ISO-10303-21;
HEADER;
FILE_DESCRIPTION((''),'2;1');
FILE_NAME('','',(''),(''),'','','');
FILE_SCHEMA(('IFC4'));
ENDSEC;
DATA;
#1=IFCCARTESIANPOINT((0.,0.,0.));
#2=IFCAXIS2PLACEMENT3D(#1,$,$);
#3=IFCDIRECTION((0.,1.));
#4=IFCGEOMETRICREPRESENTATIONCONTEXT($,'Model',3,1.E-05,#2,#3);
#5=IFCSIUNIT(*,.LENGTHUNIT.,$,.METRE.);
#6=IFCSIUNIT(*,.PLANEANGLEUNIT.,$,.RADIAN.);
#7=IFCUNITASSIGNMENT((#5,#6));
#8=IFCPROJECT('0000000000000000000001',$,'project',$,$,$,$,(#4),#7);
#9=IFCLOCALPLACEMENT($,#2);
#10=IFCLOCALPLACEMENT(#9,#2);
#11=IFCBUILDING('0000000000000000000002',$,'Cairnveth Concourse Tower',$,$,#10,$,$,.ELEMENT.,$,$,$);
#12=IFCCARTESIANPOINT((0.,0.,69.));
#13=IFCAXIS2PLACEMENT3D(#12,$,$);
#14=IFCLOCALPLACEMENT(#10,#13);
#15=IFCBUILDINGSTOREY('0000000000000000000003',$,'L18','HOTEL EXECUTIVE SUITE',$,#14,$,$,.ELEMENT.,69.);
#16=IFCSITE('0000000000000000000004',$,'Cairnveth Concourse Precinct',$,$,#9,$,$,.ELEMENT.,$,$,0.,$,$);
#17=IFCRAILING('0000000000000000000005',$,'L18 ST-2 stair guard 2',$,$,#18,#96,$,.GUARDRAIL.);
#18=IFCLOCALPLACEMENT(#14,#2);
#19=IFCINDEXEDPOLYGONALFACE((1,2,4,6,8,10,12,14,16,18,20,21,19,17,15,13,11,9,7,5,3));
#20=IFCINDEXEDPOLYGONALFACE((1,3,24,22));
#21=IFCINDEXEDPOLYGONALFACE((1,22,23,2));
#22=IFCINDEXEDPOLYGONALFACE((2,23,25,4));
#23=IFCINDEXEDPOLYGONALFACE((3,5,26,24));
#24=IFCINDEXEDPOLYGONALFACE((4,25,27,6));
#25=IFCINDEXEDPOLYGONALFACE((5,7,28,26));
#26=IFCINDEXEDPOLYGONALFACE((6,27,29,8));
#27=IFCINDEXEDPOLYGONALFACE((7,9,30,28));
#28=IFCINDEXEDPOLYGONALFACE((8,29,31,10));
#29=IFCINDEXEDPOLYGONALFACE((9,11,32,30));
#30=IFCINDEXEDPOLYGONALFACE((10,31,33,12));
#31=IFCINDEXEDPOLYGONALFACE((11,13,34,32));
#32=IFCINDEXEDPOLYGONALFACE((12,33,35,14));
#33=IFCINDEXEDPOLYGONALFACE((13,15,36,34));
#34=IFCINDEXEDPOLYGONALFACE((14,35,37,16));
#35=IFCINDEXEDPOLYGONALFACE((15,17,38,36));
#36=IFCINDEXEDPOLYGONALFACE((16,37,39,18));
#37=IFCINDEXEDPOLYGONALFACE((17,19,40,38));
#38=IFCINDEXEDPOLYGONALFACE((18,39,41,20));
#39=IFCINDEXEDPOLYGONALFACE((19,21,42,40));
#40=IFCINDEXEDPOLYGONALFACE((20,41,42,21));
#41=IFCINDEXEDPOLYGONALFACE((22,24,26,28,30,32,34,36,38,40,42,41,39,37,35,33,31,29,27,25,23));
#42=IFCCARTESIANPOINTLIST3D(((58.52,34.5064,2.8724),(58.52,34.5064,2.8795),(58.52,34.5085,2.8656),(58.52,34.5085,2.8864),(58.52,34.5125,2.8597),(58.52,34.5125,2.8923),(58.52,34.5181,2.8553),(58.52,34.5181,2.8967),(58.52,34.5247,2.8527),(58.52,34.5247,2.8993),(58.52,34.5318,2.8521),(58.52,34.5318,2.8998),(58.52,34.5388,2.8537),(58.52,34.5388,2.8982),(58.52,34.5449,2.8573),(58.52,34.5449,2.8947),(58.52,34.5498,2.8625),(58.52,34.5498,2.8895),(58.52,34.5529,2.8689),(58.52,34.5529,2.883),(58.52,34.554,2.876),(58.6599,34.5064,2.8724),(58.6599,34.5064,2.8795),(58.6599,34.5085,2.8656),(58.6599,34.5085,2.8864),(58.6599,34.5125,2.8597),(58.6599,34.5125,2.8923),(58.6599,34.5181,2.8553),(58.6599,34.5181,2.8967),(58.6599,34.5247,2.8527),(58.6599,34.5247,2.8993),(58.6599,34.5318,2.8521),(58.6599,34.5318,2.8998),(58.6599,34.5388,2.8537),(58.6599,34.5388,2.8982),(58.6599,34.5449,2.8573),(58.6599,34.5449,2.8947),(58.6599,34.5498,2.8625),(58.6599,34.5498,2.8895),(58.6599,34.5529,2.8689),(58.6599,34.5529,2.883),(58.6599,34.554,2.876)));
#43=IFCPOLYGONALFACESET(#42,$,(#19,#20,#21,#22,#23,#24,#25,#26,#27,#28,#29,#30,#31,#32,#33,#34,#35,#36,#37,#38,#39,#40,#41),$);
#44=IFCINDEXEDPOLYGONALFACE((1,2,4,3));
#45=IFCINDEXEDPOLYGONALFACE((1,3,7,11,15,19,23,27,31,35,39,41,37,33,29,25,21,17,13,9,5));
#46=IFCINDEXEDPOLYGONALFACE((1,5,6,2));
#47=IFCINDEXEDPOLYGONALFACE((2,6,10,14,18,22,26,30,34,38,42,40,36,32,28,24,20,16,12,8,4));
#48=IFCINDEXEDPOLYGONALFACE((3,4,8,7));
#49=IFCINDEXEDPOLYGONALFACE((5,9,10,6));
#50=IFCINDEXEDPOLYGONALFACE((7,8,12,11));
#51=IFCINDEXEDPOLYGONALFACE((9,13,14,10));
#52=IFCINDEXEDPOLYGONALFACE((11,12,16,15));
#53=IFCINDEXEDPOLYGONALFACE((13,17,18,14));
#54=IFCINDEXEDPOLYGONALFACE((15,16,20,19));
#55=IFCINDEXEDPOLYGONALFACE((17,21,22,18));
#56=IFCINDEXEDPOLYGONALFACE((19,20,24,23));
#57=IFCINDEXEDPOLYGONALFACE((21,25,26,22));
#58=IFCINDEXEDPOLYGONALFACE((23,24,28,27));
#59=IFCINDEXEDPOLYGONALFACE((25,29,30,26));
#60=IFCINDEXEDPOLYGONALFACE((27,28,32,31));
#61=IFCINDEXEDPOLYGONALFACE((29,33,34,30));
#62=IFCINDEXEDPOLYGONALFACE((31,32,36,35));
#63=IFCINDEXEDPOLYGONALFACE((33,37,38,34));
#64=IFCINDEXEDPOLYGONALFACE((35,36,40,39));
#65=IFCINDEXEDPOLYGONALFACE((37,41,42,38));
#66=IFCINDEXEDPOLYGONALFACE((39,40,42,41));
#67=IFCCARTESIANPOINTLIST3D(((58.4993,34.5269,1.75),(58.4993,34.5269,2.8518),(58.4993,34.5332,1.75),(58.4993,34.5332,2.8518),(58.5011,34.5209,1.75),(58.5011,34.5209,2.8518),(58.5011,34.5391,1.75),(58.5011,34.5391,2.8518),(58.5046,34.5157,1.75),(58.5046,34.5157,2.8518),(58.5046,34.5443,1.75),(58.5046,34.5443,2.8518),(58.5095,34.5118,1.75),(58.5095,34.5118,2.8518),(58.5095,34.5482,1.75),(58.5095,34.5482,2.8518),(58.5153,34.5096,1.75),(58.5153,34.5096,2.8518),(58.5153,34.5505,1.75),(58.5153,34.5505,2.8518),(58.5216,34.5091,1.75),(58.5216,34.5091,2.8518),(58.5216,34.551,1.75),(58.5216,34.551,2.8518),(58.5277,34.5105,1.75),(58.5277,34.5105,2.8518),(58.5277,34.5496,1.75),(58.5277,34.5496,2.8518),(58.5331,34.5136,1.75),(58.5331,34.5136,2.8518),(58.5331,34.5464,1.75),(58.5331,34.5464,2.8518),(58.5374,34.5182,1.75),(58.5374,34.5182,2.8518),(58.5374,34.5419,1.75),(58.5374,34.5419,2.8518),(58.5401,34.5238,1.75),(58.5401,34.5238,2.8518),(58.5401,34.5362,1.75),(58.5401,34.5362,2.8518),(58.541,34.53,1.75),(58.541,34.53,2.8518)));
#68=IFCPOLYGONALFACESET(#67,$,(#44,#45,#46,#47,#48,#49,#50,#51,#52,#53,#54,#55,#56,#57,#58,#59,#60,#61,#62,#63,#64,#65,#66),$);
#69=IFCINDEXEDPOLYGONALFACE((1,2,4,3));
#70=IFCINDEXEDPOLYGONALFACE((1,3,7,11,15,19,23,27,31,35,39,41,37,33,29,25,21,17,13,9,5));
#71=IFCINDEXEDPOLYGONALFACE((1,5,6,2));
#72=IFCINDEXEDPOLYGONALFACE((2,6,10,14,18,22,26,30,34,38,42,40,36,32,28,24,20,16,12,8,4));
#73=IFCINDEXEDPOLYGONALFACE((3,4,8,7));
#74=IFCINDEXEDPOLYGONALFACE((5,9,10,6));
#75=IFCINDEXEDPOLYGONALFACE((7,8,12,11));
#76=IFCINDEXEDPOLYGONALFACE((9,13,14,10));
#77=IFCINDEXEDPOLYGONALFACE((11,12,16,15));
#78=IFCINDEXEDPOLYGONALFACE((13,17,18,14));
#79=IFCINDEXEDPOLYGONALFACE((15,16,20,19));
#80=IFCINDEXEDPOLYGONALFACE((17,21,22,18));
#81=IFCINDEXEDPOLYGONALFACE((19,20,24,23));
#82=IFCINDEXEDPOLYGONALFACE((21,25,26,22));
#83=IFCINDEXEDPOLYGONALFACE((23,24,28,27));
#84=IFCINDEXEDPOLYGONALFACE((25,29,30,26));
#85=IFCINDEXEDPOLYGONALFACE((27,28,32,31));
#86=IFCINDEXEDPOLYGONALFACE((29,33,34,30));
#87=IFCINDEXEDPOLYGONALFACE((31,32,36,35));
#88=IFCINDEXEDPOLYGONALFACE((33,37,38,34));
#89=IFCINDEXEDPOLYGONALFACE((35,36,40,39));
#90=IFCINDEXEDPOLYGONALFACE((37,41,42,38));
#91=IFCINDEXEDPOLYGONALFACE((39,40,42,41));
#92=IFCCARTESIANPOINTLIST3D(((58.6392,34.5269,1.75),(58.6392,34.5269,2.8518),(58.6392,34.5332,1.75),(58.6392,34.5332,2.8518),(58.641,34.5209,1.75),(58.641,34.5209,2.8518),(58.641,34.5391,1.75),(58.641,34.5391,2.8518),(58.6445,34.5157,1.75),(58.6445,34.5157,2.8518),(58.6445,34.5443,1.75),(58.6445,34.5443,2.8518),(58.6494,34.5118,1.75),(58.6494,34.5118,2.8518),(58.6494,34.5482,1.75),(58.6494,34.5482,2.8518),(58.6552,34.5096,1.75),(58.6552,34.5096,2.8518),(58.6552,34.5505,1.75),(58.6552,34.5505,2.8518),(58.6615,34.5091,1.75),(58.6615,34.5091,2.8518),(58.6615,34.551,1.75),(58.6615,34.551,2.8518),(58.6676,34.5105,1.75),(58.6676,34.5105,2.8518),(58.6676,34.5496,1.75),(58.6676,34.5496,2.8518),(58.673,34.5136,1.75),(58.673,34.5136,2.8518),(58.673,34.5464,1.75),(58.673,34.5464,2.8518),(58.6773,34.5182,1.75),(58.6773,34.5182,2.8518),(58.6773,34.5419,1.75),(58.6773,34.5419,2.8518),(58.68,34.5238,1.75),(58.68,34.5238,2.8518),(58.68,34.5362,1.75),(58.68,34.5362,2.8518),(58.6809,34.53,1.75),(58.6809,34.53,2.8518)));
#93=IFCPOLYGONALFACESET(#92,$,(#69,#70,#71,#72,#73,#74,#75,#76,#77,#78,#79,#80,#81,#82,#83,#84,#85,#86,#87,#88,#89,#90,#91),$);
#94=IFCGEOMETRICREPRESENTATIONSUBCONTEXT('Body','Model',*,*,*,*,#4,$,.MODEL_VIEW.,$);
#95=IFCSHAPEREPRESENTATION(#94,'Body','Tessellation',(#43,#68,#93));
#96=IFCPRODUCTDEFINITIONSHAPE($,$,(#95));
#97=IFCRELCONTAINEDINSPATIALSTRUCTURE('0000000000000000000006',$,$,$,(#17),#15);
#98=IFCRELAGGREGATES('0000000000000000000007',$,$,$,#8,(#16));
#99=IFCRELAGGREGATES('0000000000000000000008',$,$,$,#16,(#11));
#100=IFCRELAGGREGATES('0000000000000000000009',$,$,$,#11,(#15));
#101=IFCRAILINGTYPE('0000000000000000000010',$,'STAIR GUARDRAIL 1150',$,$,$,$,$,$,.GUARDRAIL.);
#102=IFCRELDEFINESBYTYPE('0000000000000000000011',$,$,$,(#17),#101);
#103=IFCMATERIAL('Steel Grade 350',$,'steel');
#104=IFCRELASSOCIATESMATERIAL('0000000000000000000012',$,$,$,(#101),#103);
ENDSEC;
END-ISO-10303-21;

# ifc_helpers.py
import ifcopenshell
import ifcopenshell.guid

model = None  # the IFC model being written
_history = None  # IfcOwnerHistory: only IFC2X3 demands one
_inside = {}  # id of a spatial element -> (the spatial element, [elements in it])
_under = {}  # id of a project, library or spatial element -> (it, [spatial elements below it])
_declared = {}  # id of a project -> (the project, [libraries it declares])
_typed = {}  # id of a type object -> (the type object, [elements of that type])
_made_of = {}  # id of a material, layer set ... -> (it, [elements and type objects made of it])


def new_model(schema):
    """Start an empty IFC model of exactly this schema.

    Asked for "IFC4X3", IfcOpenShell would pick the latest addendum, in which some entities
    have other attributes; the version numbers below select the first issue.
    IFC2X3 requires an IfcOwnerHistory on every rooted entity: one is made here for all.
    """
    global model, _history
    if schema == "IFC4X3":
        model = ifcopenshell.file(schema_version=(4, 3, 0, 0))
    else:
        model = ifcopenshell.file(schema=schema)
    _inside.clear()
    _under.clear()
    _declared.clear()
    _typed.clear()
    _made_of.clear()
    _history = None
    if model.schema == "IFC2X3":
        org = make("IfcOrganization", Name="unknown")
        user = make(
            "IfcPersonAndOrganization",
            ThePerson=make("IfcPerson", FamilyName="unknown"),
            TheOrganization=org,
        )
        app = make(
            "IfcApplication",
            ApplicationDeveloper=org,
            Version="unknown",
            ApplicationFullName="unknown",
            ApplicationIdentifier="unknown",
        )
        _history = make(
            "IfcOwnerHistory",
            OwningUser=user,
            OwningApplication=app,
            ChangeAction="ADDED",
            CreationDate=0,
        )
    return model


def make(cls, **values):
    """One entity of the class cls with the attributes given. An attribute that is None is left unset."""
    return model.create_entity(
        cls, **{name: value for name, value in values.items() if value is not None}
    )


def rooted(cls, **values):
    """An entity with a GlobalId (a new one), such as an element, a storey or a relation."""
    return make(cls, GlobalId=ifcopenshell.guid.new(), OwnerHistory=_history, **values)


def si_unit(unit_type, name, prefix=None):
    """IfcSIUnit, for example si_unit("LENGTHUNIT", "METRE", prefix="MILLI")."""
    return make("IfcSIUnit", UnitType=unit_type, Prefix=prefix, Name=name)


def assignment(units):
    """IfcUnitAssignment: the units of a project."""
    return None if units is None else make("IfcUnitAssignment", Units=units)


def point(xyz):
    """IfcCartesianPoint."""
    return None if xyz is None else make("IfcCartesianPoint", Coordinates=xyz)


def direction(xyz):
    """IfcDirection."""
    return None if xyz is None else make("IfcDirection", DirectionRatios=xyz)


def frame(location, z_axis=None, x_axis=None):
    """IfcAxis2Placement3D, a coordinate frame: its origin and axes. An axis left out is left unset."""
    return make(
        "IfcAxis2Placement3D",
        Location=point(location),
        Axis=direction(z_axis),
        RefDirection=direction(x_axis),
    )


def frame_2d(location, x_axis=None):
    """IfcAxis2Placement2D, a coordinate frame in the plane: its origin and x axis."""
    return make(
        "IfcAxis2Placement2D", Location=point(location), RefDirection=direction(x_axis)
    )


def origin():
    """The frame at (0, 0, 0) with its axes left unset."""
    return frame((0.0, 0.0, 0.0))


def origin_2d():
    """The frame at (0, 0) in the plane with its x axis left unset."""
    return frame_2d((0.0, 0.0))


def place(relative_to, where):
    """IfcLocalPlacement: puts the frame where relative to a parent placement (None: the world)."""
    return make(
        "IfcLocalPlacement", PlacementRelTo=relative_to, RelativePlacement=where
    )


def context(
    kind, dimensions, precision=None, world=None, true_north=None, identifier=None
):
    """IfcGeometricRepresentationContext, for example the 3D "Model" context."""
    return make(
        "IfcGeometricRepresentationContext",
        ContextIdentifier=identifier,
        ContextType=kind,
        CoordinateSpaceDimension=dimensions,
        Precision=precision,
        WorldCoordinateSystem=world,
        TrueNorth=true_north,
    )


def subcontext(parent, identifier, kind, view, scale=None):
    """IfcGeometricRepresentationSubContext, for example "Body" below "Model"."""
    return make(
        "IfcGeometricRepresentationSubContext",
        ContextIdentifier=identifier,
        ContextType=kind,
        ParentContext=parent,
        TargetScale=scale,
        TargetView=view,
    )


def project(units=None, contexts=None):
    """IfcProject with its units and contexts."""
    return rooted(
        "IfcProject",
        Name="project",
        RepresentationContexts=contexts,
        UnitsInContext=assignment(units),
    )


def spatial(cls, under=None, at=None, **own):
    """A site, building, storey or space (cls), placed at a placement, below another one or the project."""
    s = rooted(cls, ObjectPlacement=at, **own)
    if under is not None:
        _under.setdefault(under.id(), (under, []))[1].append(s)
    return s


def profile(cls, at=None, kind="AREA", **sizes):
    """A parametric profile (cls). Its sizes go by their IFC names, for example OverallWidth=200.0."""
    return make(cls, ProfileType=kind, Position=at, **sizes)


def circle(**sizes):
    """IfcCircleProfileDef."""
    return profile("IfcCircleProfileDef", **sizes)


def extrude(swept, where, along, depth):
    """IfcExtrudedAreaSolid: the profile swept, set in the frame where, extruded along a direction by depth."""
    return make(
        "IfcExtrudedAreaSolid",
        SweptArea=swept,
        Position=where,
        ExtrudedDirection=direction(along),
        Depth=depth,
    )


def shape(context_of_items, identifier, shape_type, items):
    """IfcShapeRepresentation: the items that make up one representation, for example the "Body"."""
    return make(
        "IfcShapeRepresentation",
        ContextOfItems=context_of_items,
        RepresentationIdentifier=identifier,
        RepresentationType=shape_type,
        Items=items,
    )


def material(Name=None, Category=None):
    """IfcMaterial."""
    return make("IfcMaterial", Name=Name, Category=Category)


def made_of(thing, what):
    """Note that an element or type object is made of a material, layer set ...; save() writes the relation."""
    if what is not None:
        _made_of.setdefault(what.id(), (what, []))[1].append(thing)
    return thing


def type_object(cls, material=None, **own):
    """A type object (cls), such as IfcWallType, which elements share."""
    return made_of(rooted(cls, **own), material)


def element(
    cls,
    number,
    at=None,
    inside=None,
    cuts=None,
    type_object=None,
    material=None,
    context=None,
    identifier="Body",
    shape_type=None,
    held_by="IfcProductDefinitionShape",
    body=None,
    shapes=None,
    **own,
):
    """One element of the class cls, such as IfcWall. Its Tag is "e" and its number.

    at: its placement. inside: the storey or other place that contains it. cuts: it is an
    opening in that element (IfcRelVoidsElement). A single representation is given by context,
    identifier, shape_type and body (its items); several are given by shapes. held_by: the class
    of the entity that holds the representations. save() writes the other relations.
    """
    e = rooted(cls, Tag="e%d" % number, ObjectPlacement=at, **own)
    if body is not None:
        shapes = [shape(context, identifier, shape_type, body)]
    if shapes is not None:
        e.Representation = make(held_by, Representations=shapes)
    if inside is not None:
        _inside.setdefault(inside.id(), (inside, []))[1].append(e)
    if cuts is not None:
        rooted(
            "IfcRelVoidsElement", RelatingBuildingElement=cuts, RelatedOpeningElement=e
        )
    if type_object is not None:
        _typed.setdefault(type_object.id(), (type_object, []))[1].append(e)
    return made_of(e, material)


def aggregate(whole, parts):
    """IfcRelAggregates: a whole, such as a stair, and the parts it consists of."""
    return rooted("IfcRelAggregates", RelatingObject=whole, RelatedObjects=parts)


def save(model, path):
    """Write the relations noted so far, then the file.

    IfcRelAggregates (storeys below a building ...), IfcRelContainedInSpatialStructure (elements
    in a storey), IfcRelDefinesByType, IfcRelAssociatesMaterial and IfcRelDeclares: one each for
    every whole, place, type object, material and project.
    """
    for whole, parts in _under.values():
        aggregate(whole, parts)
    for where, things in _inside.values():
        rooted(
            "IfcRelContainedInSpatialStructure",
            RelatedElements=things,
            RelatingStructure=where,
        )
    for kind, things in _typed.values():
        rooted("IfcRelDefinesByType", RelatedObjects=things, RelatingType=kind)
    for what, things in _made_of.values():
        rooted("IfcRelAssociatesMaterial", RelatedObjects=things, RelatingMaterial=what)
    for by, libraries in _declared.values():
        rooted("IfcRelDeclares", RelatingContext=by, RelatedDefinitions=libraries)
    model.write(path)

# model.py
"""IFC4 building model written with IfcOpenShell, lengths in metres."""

from ifc_helpers import new_model, si_unit, direction, frame, origin, origin_2d, place, context, subcontext, project, spatial, circle, extrude, material, type_object, element, save


model = new_model("IFC4")

# Units and contexts
model_context = context("Model", 3, precision=1e-05, world=origin(), true_north=direction((0.0, 1.0)))
body_context = subcontext(model_context, "Body", "Model", "MODEL_VIEW")
ifc_project = project(units=[si_unit("LENGTHUNIT", "METRE"), si_unit("PLANEANGLEUNIT", "RADIAN")], contexts=[model_context])

# Site, building, storey
site_placement = place(None, origin())
site = spatial("IfcSite", under=ifc_project, at=site_placement, Name="Cairnveth Concourse Precinct", CompositionType="ELEMENT", RefElevation=0.0)
building_placement = place(site_placement, origin())
building = spatial("IfcBuilding", under=site, at=building_placement, Name="Cairnveth Concourse Tower", CompositionType="ELEMENT")
storey_placement = place(building_placement, frame((0.0, 0.0, 69.0)))
storey = spatial("IfcBuildingStorey", under=building, at=storey_placement, Name="L18", Description="HOTEL EXECUTIVE SUITE", CompositionType="ELEMENT", Elevation=69.0)

# Shared definitions
ifc_material_1 = material(Name="Steel Grade 350", Category="steel")

# Railing
railing_type_1 = type_object("IfcRailingType", Name="STAIR GUARDRAIL 1150", PredefinedType="GUARDRAIL", material=ifc_material_1)
railing_1_placement = place(storey_placement, frame((58.52, 34.53, 1.75)))
element("IfcRailing", 1, at=railing_1_placement, inside=storey, type_object=railing_type_1, Name="L18 ST-2 stair guard 2", PredefinedType="GUARDRAIL", context=body_context, shape_type="SweptSolid", body=[
    extrude(circle(Radius=0.0239, at=origin_2d()), frame((0.0, 0.0, 1.126), z_axis=(1.0, 0.0, 0.0), x_axis=(0.0, 1.0, 0.0)), (0.0, 0.0, 1.0), 0.1399),
    extrude(circle(Radius=0.021, at=origin_2d()), origin(), (0.0, 0.0, 1.0), 1.1018),
    extrude(circle(Radius=0.021, at=origin_2d()), frame((0.1399, 0.0, 0.0)), (0.0, 0.0, 1.0), 1.1018),
])

save(model, "model.ifc")
